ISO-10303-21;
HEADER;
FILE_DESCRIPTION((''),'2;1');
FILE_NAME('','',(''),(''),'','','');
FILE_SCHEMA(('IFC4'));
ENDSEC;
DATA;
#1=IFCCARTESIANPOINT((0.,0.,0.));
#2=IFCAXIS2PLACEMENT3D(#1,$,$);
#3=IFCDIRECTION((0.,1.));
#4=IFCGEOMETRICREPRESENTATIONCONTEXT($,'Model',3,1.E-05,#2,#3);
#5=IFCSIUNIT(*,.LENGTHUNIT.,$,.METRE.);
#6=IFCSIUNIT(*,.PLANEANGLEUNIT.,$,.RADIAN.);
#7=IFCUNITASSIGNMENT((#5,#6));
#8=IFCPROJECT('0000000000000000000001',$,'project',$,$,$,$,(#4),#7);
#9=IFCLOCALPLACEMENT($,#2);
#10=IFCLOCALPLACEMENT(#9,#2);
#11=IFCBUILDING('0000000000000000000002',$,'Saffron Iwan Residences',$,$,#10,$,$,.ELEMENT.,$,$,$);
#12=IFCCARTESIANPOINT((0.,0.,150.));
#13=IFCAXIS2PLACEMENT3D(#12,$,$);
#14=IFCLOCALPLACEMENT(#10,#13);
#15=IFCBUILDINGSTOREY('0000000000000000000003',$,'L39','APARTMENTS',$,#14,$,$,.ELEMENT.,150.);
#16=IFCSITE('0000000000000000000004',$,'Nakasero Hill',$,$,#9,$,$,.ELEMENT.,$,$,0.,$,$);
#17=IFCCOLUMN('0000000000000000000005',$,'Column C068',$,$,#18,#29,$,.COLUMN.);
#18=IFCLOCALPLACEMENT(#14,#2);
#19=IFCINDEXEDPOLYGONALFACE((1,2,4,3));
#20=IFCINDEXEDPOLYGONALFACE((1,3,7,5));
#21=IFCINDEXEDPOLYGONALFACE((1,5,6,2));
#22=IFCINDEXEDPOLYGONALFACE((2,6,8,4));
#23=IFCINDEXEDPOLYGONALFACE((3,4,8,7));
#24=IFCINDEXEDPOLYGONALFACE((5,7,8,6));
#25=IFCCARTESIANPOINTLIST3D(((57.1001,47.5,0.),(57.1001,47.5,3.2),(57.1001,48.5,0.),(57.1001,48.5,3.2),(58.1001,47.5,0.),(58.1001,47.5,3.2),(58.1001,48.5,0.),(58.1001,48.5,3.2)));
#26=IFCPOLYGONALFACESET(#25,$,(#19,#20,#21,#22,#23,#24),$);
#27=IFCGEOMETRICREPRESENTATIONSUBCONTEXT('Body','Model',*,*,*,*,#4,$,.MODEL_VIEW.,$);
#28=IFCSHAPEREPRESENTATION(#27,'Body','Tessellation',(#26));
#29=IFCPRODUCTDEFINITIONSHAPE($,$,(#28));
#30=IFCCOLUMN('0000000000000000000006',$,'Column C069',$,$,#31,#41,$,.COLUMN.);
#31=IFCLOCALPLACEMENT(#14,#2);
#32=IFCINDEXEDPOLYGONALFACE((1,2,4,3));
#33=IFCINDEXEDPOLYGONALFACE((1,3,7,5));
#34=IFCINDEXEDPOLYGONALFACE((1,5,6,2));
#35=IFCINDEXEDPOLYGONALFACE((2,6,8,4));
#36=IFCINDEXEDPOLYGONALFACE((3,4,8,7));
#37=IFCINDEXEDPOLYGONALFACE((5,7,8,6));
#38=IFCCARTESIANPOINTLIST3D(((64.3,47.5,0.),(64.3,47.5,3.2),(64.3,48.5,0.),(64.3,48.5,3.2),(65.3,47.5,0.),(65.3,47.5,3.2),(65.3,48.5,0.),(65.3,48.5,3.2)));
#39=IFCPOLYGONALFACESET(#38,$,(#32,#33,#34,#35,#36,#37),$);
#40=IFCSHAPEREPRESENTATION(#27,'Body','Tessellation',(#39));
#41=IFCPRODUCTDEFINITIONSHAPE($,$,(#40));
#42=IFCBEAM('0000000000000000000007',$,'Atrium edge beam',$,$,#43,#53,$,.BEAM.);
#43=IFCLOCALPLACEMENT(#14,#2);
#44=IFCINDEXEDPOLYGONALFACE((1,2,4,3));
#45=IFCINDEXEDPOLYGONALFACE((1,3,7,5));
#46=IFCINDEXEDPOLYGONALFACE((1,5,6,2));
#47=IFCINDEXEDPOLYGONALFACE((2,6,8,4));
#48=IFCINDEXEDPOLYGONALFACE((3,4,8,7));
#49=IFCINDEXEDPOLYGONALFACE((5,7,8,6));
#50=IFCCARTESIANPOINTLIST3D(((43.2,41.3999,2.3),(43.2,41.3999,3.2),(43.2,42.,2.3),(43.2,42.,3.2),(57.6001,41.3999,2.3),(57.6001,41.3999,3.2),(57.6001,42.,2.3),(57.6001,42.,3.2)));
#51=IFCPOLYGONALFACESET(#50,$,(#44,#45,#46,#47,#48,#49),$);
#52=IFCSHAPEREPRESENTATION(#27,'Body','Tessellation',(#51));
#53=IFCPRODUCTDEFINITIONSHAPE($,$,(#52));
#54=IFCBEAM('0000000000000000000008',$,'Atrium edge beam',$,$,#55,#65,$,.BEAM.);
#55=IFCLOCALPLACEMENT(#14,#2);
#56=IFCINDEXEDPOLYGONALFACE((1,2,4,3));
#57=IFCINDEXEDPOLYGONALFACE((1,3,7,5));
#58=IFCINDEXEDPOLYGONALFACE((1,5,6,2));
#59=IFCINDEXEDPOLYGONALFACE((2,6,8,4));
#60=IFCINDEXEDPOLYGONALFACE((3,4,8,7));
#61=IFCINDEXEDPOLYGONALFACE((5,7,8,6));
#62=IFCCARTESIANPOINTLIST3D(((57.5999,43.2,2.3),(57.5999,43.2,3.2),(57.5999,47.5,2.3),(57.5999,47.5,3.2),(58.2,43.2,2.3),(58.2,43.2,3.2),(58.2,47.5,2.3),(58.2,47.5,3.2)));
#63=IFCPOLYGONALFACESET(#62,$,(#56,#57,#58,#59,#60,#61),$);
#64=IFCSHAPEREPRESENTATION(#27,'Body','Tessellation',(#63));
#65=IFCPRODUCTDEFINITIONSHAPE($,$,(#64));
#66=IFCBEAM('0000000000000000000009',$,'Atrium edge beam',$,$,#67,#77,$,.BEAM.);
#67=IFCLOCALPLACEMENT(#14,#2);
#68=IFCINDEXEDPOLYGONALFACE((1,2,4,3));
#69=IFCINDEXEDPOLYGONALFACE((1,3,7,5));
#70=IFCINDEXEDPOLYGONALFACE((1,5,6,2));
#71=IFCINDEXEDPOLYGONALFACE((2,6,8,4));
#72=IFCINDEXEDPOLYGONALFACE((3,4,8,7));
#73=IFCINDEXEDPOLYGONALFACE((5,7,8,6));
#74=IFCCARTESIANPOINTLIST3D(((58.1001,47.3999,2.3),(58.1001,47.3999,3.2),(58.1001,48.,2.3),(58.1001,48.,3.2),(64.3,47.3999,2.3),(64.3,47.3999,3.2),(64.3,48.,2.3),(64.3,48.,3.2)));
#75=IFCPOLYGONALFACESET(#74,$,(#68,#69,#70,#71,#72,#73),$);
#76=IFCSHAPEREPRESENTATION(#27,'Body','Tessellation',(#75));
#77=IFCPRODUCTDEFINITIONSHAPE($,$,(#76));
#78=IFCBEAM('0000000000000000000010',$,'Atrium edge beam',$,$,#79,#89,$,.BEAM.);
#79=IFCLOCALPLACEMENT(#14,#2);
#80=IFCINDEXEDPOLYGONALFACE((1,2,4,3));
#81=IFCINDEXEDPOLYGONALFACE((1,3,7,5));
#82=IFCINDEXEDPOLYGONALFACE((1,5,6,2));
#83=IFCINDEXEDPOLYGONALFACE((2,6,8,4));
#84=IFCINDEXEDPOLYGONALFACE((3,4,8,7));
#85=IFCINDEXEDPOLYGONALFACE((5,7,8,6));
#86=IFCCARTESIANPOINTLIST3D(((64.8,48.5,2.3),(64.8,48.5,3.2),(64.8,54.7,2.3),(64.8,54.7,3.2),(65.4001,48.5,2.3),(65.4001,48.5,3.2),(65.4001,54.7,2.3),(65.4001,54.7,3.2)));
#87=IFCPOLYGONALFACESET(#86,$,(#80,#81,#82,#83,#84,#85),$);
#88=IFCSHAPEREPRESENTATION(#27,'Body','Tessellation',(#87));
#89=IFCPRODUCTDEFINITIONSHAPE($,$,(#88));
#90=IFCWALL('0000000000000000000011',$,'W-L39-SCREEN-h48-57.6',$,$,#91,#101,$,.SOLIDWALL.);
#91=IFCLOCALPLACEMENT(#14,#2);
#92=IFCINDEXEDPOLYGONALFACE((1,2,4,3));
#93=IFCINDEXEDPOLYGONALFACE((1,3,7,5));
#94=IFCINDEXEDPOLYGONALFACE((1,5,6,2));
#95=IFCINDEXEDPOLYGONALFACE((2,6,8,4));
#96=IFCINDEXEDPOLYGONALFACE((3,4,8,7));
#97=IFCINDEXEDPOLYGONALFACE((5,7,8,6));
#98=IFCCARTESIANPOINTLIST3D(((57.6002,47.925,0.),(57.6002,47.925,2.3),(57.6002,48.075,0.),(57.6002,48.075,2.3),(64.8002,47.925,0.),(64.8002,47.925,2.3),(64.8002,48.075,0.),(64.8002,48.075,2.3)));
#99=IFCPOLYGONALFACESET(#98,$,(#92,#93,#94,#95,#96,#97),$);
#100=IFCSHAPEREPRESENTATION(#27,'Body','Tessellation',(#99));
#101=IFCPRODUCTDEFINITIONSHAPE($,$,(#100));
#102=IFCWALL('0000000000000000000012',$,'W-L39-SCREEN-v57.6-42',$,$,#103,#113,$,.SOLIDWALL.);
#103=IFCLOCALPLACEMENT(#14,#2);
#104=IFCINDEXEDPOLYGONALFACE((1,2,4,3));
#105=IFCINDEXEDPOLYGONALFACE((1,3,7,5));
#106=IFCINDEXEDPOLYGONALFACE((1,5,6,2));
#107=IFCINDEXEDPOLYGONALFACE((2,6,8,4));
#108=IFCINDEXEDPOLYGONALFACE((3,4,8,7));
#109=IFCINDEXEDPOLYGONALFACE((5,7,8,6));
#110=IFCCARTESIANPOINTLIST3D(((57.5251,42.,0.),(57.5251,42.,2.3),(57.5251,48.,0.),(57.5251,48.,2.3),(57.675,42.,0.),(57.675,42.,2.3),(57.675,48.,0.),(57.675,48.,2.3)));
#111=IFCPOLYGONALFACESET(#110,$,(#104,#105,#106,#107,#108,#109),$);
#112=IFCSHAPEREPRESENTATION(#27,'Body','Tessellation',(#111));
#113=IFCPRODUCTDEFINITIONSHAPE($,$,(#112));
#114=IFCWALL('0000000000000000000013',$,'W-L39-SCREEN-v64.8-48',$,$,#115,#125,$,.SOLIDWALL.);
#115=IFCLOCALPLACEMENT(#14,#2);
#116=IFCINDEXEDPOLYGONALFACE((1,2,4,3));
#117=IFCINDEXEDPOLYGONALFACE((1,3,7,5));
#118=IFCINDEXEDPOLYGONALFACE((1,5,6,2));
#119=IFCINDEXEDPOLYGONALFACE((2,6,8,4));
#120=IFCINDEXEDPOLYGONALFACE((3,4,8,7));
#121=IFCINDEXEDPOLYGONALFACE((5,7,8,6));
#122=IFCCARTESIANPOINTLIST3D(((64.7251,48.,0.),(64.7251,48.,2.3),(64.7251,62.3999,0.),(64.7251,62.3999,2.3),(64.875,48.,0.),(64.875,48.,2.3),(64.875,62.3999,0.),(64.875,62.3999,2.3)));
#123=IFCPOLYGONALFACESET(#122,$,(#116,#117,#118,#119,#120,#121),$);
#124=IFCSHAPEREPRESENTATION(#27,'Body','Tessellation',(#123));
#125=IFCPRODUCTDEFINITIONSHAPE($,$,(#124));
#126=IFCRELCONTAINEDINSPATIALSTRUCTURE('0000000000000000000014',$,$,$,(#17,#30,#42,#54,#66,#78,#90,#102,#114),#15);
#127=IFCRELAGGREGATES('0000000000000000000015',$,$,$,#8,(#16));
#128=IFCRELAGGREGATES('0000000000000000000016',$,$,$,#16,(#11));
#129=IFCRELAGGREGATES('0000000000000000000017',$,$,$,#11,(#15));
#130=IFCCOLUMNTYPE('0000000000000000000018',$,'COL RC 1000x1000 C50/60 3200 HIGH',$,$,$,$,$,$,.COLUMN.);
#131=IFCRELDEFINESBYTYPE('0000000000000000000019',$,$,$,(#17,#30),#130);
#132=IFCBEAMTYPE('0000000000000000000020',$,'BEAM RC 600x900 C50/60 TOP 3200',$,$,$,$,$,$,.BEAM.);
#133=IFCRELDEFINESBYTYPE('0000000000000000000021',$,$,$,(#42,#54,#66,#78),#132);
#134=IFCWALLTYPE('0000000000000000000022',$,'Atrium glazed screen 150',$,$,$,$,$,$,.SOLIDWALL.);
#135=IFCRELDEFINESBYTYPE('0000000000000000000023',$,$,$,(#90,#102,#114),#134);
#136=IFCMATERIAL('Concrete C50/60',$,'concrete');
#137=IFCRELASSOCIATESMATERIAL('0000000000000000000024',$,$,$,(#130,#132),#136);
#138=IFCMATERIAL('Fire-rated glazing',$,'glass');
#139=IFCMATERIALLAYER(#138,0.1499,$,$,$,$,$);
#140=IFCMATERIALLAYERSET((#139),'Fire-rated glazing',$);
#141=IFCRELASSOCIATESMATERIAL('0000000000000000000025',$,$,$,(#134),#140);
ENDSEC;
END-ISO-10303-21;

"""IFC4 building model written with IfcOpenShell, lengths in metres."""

from ifc_helpers import new_model, si_unit, direction, frame, frame_2d, origin, origin_2d, place, context, subcontext, project, spatial, rectangle, extrude, source, transform, mapped, material, layer, layer_set, material_profile, profile_set, type_object, element, save


model = new_model("IFC4")

# Units and contexts
model_context = context("Model", 3, precision=1e-05, world=origin(), true_north=direction((0.0, 1.0)))
body_context = subcontext(model_context, "Body", "Model", "MODEL_VIEW")
ifc_project = project(units=[si_unit("LENGTHUNIT", "METRE"), si_unit("PLANEANGLEUNIT", "RADIAN")], contexts=[model_context])

# Site, building, storey
site_placement = place(None, origin())
site = spatial("IfcSite", under=ifc_project, at=site_placement, Name="Nakasero Hill", CompositionType="ELEMENT", RefElevation=0.0)
building_placement = place(site_placement, origin())
building = spatial("IfcBuilding", under=site, at=building_placement, Name="Saffron Iwan Residences", CompositionType="ELEMENT")
storey_placement = place(building_placement, frame((0.0, 0.0, 150.0)))
storey = spatial("IfcBuildingStorey", under=building, at=storey_placement, Name="L39", Description="APARTMENTS", CompositionType="ELEMENT", Elevation=150.0)

# Columns
ifc_material_1 = material(Name="Concrete C50/60", Category="concrete")
ifc_material_profile_1 = material_profile(ifc_material_1, rectangle(XDim=1.0, YDim=1.0, at=origin_2d()), Name="RC 1000x1000")
ifc_profile_set_1 = profile_set([ifc_material_profile_1], Name="Concrete C50/60")
column_type = type_object("IfcColumnType", Name="COL RC 1000x1000 C50/60 3200 HIGH", PredefinedType="COLUMN", material=ifc_profile_set_1)
shared_shape_1 = source(origin(), body_context, "Body", "SweptSolid", [
    extrude(rectangle(XDim=1.0, YDim=1.0, at=origin_2d()), origin(), (0.0, 0.0, 1.0), 3.2),
])
for number, where, z_axis, x_axis, name in (
    (1, (57.6001, 48.0, 0.0), (0.0, 0.0, 1.0), (1.0, 0.0, 0.0), "Column C068"),
    (2, (64.8, 48.0, 0.0), (0.0, 0.0, 1.0), (1.0, 0.0, 0.0), "Column C069"),
):
    element("IfcColumn", number, at=place(storey_placement, frame(where, z_axis=z_axis, x_axis=x_axis)), inside=storey, type_object=column_type, Name=name, PredefinedType="COLUMN", context=body_context, shape_type="MappedRepresentation", body=[
        mapped(shared_shape_1, transform((0.0, 0.0, 0.0))),
    ])

# Beams
ifc_material_profile_2 = material_profile(ifc_material_1, rectangle(XDim=0.6001, YDim=0.8999, at=origin_2d()), Name="RC 600x900")
ifc_profile_set_2 = profile_set([ifc_material_profile_2], Name="Concrete C50/60")
beam_type = type_object("IfcBeamType", Name="BEAM RC 600x900 C50/60 TOP 3200", PredefinedType="BEAM", material=ifc_profile_set_2)
shared_shape_2 = source(origin(), body_context, "Body", "SweptSolid", [
    extrude(rectangle(XDim=0.6001, YDim=0.8999, at=origin_2d()), origin(), (0.0, 0.0, 1.0), 14.4001),
])
beam_1_placement = place(storey_placement, frame((57.6001, 41.7, 2.75), z_axis=(-1.0, 0.0, 0.0), x_axis=(0.0, -1.0, 0.0)))
element("IfcBeam", 3, at=beam_1_placement, inside=storey, type_object=beam_type, Name="Atrium edge beam", PredefinedType="BEAM", context=body_context, shape_type="MappedRepresentation", body=[
    mapped(shared_shape_2, transform((0.0, 0.0, 0.0))),
])
shared_shape_3 = source(origin(), body_context, "Body", "SweptSolid", [
    extrude(rectangle(XDim=0.6001, YDim=0.8999, at=origin_2d()), origin(), (0.0, 0.0, 1.0), 4.3),
])
beam_2_placement = place(storey_placement, frame((57.8999, 47.5, 2.75), z_axis=(0.0, -1.0, 0.0), x_axis=(1.0, 0.0, 0.0)))
element("IfcBeam", 4, at=beam_2_placement, inside=storey, type_object=beam_type, Name="Atrium edge beam", PredefinedType="BEAM", context=body_context, shape_type="MappedRepresentation", body=[
    mapped(shared_shape_3, transform((0.0, 0.0, 0.0))),
])
shared_shape_4 = source(origin(), body_context, "Body", "SweptSolid", [
    extrude(rectangle(XDim=0.6001, YDim=0.8999, at=origin_2d()), origin(), (0.0, 0.0, 1.0), 6.2),
])
for number, where, z_axis, x_axis, name in (
    (5, (64.3, 47.7, 2.75), (-1.0, 0.0, 0.0), (0.0, -1.0, 0.0), "Atrium edge beam"),
    (6, (65.1001, 54.7, 2.75), (0.0, -1.0, 0.0), (1.0, 0.0, 0.0), "Atrium edge beam"),
):
    element("IfcBeam", number, at=place(storey_placement, frame(where, z_axis=z_axis, x_axis=x_axis)), inside=storey, type_object=beam_type, Name=name, PredefinedType="BEAM", context=body_context, shape_type="MappedRepresentation", body=[
        mapped(shared_shape_4, transform((0.0, 0.0, 0.0))),
    ])

# Walls
ifc_material_2 = material(Name="Fire-rated glazing", Category="glass")
ifc_layer_1 = layer(ifc_material_2, 0.1499)
ifc_layer_set_1 = layer_set([ifc_layer_1], Name="Fire-rated glazing")
wall_type_1 = type_object("IfcWallType", Name="Atrium glazed screen 150", PredefinedType="SOLIDWALL", material=ifc_layer_set_1)
wall_1_placement = place(storey_placement, frame((57.6001, 48.0, 0.0), z_axis=(0.0, 0.0, 1.0), x_axis=(1.0, 0.0, 0.0)))
element("IfcWall", 7, at=wall_1_placement, inside=storey, type_object=wall_type_1, Name="W-L39-SCREEN-h48-57.6", PredefinedType="SOLIDWALL", context=body_context, shape_type="SweptSolid", body=[
    extrude(rectangle(XDim=7.2, YDim=0.1499, at=frame_2d((3.6001, 0.0))), origin(), (0.0, 0.0, 1.0), 2.3),
])
wall_2_placement = place(storey_placement, frame((57.6001, 42.0, 0.0), z_axis=(0.0, 0.0, 1.0), x_axis=(0.0, 1.0, 0.0)))
element("IfcWall", 8, at=wall_2_placement, inside=storey, type_object=wall_type_1, Name="W-L39-SCREEN-v57.6-42", PredefinedType="SOLIDWALL", context=body_context, shape_type="SweptSolid", body=[
    extrude(rectangle(XDim=6.0, YDim=0.1499, at=frame_2d((3.0, 0.0))), origin(), (0.0, 0.0, 1.0), 2.3),
])
wall_3_placement = place(storey_placement, frame((64.8, 48.0, 0.0), z_axis=(0.0, 0.0, 1.0), x_axis=(0.0, 1.0, 0.0)))
element("IfcWall", 9, at=wall_3_placement, inside=storey, type_object=wall_type_1, Name="W-L39-SCREEN-v64.8-48", PredefinedType="SOLIDWALL", context=body_context, shape_type="SweptSolid", body=[
    extrude(rectangle(XDim=14.3999, YDim=0.1499, at=frame_2d((7.2, 0.0))), origin(), (0.0, 0.0, 1.0), 2.3),
])

save(model, "model.ifc")
